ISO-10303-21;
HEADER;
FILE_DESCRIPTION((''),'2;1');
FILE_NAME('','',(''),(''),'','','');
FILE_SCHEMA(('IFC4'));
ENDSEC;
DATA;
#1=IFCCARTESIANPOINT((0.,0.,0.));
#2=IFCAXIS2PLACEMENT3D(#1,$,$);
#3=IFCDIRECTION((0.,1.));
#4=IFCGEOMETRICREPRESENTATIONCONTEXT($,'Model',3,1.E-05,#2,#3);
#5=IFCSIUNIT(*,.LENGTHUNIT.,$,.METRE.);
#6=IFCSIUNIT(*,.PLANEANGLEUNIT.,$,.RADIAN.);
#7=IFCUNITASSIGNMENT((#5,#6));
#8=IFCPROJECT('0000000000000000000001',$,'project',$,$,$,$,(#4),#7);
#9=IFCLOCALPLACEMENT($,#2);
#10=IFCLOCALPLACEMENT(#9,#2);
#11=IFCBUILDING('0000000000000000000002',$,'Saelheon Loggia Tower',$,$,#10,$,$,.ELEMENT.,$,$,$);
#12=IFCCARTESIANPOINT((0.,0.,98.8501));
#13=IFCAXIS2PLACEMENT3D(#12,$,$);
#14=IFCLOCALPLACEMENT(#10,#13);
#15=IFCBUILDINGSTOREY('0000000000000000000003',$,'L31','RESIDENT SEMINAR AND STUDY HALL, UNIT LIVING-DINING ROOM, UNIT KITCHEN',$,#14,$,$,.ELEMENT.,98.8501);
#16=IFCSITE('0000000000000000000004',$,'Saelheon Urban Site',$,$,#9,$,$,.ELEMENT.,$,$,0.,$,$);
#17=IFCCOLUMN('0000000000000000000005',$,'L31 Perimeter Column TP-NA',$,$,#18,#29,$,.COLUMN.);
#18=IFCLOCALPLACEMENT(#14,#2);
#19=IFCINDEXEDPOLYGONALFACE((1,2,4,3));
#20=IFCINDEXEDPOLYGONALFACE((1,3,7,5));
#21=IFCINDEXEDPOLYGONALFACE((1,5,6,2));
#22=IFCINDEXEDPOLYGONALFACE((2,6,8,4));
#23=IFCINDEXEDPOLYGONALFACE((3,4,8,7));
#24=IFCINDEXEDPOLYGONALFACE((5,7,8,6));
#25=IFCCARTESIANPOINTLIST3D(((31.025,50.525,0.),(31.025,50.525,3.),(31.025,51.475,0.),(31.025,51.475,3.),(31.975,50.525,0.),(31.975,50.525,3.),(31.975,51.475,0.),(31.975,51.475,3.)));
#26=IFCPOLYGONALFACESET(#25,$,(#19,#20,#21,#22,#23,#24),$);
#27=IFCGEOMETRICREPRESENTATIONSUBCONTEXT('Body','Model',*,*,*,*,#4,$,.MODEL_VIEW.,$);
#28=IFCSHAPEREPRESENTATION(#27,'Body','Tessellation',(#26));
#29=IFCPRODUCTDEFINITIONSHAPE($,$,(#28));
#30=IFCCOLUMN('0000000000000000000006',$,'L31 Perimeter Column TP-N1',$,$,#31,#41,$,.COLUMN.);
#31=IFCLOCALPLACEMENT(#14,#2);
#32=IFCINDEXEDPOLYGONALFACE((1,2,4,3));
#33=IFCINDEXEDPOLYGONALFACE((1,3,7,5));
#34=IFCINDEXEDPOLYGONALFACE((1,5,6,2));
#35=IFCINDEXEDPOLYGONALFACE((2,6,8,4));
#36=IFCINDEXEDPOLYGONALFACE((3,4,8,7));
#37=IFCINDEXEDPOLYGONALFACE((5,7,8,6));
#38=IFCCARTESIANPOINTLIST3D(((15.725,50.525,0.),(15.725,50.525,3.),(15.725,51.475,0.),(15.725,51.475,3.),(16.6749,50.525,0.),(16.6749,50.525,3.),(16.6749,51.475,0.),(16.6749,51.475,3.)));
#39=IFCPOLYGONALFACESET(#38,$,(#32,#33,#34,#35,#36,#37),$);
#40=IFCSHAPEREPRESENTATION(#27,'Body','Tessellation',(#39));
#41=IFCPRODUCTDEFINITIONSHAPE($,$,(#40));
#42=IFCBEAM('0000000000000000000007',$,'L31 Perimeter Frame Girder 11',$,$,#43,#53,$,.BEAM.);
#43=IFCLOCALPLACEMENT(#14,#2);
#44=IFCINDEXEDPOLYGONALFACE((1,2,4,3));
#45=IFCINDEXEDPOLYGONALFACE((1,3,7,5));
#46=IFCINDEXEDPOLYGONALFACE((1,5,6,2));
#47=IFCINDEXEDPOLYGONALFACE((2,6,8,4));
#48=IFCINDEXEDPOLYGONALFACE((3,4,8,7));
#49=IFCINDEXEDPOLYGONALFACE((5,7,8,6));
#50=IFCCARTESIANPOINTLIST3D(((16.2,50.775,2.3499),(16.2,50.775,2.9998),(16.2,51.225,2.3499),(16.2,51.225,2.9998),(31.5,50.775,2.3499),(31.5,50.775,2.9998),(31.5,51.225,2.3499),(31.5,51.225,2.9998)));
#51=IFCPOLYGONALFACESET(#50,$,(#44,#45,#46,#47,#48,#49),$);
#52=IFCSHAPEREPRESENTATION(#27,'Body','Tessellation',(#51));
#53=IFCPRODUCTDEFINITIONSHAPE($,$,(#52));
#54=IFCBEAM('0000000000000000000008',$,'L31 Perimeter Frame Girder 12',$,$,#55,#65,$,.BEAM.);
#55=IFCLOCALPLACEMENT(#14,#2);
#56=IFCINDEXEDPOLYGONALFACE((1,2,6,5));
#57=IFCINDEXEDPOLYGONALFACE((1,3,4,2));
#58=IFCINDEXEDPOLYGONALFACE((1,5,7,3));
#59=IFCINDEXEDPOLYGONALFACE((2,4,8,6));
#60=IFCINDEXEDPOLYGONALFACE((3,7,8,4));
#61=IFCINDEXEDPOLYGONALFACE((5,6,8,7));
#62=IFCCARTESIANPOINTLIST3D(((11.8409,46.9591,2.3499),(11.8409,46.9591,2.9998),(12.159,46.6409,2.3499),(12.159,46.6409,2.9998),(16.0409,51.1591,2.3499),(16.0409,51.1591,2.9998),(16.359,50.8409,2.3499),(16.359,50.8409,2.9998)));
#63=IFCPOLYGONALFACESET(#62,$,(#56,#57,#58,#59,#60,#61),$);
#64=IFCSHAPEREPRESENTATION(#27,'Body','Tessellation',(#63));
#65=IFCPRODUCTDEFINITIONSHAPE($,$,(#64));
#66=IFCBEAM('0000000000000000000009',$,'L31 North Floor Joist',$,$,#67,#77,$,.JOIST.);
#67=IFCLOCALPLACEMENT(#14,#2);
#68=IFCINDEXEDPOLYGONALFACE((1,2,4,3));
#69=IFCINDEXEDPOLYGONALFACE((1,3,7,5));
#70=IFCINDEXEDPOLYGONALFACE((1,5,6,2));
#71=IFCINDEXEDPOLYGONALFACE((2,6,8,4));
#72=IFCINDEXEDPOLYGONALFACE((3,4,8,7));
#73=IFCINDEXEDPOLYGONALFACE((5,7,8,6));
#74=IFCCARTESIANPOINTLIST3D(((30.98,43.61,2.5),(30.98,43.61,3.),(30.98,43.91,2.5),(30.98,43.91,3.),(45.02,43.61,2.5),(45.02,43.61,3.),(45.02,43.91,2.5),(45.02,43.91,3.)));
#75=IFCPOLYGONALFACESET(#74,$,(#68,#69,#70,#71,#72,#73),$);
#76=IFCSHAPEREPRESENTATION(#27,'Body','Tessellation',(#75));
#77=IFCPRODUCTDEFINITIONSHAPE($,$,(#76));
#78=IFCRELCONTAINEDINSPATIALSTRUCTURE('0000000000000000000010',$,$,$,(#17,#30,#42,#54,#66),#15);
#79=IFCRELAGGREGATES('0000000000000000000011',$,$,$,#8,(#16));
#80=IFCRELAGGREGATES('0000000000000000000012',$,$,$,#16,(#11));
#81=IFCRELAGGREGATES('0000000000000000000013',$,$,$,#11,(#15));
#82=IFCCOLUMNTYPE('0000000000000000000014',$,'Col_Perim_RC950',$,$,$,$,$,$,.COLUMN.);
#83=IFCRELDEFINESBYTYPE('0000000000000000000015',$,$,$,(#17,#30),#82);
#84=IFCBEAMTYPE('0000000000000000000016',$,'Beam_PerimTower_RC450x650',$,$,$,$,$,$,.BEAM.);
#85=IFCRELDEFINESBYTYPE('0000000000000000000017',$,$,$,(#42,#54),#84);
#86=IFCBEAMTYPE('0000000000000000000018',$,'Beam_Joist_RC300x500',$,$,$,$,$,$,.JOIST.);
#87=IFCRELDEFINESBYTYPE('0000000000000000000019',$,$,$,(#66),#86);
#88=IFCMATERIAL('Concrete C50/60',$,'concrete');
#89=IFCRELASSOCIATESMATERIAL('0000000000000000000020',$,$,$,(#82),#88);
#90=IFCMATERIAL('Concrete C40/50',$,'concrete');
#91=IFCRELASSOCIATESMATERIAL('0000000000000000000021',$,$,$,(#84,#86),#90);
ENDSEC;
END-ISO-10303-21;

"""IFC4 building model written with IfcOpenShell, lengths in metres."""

from ifc_helpers import new_model, si_unit, direction, frame, origin, origin_2d, place, context, subcontext, project, spatial, rectangle, extrude, source, transform, mapped, material, material_profile, profile_set, type_object, element, save


model = new_model("IFC4")

# Units and contexts
model_context = context("Model", 3, precision=1e-05, world=origin(), true_north=direction((0.0, 1.0)))
body_context = subcontext(model_context, "Body", "Model", "MODEL_VIEW")
ifc_project = project(units=[si_unit("LENGTHUNIT", "METRE"), si_unit("PLANEANGLEUNIT", "RADIAN")], contexts=[model_context])

# Site, building, storey
site_placement = place(None, origin())
site = spatial("IfcSite", under=ifc_project, at=site_placement, Name="Saelheon Urban Site", CompositionType="ELEMENT", RefElevation=0.0)
building_placement = place(site_placement, origin())
building = spatial("IfcBuilding", under=site, at=building_placement, Name="Saelheon Loggia Tower", CompositionType="ELEMENT")
storey_placement = place(building_placement, frame((0.0, 0.0, 98.8501)))
storey = spatial("IfcBuildingStorey", under=building, at=storey_placement, Name="L31", Description="RESIDENT SEMINAR AND STUDY HALL, UNIT LIVING-DINING ROOM, UNIT KITCHEN", CompositionType="ELEMENT", Elevation=98.8501)

# Columns
ifc_material_1 = material(Name="Concrete C50/60", Category="concrete")
ifc_material_profile_1 = material_profile(ifc_material_1, rectangle(XDim=0.95, YDim=0.95, at=origin_2d()), Name="RC-950x950")
ifc_profile_set_1 = profile_set([ifc_material_profile_1], Name="Concrete C50/60")
column_type = type_object("IfcColumnType", Name="Col_Perim_RC950", PredefinedType="COLUMN", material=ifc_profile_set_1)
shared_shape_1 = source(origin(), body_context, "Body", "SweptSolid", [
    extrude(rectangle(XDim=0.95, YDim=0.95, at=origin_2d()), origin(), (0.0, 0.0, 1.0), 3.0),
])
for number, where, z_axis, x_axis, name in (
    (1, (31.5, 51.0, 0.0), (0.0, 0.0, 1.0), (1.0, 0.0, 0.0), "L31 Perimeter Column TP-NA"),
    (2, (16.2, 51.0, 0.0), (0.0, 0.0, 1.0), (1.0, 0.0, 0.0), "L31 Perimeter Column TP-N1"),
):
    element("IfcColumn", number, at=place(storey_placement, frame(where, z_axis=z_axis, x_axis=x_axis)), inside=storey, type_object=column_type, Name=name, PredefinedType="COLUMN", context=body_context, shape_type="MappedRepresentation", body=[
        mapped(shared_shape_1, transform((0.0, 0.0, 0.0), scale=1.0)),
    ])

# Beams
ifc_material_2 = material(Name="Concrete C40/50", Category="concrete")
ifc_material_profile_2 = material_profile(ifc_material_2, rectangle(XDim=0.45, YDim=0.6499, at=origin_2d()), Name="RC-450x650")
ifc_profile_set_2 = profile_set([ifc_material_profile_2], Name="Concrete C40/50")
beam_type_1 = type_object("IfcBeamType", Name="Beam_PerimTower_RC450x650", PredefinedType="BEAM", material=ifc_profile_set_2)
shared_shape_2 = source(origin(), body_context, "Body", "SweptSolid", [
    extrude(rectangle(XDim=0.45, YDim=0.6499, at=origin_2d()), origin(), (0.0, 0.0, 1.0), 15.3),
])
beam_1_placement = place(storey_placement, frame((31.5, 51.0, 2.6748), z_axis=(-1.0, 0.0, 0.0), x_axis=(0.0, -1.0, 0.0)))
element("IfcBeam", 3, at=beam_1_placement, inside=storey, type_object=beam_type_1, Name="L31 Perimeter Frame Girder 11", PredefinedType="BEAM", context=body_context, shape_type="MappedRepresentation", body=[
    mapped(shared_shape_2, transform((0.0, 0.0, 0.0), scale=1.0)),
])
shared_shape_3 = source(origin(), body_context, "Body", "SweptSolid", [
    extrude(rectangle(XDim=0.45, YDim=0.6499, at=origin_2d()), origin(), (0.0, 0.0, 1.0), 5.9397),
])
beam_2_placement = place(storey_placement, frame((16.2, 51.0, 2.6748), z_axis=(-0.707107, -0.707107, 0.0), x_axis=(0.707107, -0.707107, 0.0)))
element("IfcBeam", 4, at=beam_2_placement, inside=storey, type_object=beam_type_1, Name="L31 Perimeter Frame Girder 12", PredefinedType="BEAM", context=body_context, shape_type="MappedRepresentation", body=[
    mapped(shared_shape_3, transform((0.0, 0.0, 0.0), scale=1.0)),
])
ifc_material_profile_3 = material_profile(ifc_material_2, rectangle(XDim=0.3, YDim=0.5, at=origin_2d()), Name="RC-300x500")
ifc_profile_set_3 = profile_set([ifc_material_profile_3], Name="Concrete C40/50")
beam_type_2 = type_object("IfcBeamType", Name="Beam_Joist_RC300x500", PredefinedType="JOIST", material=ifc_profile_set_3)
shared_shape_4 = source(origin(), body_context, "Body", "SweptSolid", [
    extrude(rectangle(XDim=0.3, YDim=0.5, at=origin_2d()), origin(), (0.0, 0.0, 1.0), 14.04),
])
beam_3_placement = place(storey_placement, frame((30.98, 43.76, 2.75), z_axis=(1.0, 0.0, 0.0), x_axis=(0.0, 1.0, 0.0)))
element("IfcBeam", 5, at=beam_3_placement, inside=storey, type_object=beam_type_2, Name="L31 North Floor Joist", PredefinedType="JOIST", context=body_context, shape_type="MappedRepresentation", body=[
    mapped(shared_shape_4, transform((0.0, 0.0, 0.0), scale=1.0)),
])

save(model, "model.ifc")
